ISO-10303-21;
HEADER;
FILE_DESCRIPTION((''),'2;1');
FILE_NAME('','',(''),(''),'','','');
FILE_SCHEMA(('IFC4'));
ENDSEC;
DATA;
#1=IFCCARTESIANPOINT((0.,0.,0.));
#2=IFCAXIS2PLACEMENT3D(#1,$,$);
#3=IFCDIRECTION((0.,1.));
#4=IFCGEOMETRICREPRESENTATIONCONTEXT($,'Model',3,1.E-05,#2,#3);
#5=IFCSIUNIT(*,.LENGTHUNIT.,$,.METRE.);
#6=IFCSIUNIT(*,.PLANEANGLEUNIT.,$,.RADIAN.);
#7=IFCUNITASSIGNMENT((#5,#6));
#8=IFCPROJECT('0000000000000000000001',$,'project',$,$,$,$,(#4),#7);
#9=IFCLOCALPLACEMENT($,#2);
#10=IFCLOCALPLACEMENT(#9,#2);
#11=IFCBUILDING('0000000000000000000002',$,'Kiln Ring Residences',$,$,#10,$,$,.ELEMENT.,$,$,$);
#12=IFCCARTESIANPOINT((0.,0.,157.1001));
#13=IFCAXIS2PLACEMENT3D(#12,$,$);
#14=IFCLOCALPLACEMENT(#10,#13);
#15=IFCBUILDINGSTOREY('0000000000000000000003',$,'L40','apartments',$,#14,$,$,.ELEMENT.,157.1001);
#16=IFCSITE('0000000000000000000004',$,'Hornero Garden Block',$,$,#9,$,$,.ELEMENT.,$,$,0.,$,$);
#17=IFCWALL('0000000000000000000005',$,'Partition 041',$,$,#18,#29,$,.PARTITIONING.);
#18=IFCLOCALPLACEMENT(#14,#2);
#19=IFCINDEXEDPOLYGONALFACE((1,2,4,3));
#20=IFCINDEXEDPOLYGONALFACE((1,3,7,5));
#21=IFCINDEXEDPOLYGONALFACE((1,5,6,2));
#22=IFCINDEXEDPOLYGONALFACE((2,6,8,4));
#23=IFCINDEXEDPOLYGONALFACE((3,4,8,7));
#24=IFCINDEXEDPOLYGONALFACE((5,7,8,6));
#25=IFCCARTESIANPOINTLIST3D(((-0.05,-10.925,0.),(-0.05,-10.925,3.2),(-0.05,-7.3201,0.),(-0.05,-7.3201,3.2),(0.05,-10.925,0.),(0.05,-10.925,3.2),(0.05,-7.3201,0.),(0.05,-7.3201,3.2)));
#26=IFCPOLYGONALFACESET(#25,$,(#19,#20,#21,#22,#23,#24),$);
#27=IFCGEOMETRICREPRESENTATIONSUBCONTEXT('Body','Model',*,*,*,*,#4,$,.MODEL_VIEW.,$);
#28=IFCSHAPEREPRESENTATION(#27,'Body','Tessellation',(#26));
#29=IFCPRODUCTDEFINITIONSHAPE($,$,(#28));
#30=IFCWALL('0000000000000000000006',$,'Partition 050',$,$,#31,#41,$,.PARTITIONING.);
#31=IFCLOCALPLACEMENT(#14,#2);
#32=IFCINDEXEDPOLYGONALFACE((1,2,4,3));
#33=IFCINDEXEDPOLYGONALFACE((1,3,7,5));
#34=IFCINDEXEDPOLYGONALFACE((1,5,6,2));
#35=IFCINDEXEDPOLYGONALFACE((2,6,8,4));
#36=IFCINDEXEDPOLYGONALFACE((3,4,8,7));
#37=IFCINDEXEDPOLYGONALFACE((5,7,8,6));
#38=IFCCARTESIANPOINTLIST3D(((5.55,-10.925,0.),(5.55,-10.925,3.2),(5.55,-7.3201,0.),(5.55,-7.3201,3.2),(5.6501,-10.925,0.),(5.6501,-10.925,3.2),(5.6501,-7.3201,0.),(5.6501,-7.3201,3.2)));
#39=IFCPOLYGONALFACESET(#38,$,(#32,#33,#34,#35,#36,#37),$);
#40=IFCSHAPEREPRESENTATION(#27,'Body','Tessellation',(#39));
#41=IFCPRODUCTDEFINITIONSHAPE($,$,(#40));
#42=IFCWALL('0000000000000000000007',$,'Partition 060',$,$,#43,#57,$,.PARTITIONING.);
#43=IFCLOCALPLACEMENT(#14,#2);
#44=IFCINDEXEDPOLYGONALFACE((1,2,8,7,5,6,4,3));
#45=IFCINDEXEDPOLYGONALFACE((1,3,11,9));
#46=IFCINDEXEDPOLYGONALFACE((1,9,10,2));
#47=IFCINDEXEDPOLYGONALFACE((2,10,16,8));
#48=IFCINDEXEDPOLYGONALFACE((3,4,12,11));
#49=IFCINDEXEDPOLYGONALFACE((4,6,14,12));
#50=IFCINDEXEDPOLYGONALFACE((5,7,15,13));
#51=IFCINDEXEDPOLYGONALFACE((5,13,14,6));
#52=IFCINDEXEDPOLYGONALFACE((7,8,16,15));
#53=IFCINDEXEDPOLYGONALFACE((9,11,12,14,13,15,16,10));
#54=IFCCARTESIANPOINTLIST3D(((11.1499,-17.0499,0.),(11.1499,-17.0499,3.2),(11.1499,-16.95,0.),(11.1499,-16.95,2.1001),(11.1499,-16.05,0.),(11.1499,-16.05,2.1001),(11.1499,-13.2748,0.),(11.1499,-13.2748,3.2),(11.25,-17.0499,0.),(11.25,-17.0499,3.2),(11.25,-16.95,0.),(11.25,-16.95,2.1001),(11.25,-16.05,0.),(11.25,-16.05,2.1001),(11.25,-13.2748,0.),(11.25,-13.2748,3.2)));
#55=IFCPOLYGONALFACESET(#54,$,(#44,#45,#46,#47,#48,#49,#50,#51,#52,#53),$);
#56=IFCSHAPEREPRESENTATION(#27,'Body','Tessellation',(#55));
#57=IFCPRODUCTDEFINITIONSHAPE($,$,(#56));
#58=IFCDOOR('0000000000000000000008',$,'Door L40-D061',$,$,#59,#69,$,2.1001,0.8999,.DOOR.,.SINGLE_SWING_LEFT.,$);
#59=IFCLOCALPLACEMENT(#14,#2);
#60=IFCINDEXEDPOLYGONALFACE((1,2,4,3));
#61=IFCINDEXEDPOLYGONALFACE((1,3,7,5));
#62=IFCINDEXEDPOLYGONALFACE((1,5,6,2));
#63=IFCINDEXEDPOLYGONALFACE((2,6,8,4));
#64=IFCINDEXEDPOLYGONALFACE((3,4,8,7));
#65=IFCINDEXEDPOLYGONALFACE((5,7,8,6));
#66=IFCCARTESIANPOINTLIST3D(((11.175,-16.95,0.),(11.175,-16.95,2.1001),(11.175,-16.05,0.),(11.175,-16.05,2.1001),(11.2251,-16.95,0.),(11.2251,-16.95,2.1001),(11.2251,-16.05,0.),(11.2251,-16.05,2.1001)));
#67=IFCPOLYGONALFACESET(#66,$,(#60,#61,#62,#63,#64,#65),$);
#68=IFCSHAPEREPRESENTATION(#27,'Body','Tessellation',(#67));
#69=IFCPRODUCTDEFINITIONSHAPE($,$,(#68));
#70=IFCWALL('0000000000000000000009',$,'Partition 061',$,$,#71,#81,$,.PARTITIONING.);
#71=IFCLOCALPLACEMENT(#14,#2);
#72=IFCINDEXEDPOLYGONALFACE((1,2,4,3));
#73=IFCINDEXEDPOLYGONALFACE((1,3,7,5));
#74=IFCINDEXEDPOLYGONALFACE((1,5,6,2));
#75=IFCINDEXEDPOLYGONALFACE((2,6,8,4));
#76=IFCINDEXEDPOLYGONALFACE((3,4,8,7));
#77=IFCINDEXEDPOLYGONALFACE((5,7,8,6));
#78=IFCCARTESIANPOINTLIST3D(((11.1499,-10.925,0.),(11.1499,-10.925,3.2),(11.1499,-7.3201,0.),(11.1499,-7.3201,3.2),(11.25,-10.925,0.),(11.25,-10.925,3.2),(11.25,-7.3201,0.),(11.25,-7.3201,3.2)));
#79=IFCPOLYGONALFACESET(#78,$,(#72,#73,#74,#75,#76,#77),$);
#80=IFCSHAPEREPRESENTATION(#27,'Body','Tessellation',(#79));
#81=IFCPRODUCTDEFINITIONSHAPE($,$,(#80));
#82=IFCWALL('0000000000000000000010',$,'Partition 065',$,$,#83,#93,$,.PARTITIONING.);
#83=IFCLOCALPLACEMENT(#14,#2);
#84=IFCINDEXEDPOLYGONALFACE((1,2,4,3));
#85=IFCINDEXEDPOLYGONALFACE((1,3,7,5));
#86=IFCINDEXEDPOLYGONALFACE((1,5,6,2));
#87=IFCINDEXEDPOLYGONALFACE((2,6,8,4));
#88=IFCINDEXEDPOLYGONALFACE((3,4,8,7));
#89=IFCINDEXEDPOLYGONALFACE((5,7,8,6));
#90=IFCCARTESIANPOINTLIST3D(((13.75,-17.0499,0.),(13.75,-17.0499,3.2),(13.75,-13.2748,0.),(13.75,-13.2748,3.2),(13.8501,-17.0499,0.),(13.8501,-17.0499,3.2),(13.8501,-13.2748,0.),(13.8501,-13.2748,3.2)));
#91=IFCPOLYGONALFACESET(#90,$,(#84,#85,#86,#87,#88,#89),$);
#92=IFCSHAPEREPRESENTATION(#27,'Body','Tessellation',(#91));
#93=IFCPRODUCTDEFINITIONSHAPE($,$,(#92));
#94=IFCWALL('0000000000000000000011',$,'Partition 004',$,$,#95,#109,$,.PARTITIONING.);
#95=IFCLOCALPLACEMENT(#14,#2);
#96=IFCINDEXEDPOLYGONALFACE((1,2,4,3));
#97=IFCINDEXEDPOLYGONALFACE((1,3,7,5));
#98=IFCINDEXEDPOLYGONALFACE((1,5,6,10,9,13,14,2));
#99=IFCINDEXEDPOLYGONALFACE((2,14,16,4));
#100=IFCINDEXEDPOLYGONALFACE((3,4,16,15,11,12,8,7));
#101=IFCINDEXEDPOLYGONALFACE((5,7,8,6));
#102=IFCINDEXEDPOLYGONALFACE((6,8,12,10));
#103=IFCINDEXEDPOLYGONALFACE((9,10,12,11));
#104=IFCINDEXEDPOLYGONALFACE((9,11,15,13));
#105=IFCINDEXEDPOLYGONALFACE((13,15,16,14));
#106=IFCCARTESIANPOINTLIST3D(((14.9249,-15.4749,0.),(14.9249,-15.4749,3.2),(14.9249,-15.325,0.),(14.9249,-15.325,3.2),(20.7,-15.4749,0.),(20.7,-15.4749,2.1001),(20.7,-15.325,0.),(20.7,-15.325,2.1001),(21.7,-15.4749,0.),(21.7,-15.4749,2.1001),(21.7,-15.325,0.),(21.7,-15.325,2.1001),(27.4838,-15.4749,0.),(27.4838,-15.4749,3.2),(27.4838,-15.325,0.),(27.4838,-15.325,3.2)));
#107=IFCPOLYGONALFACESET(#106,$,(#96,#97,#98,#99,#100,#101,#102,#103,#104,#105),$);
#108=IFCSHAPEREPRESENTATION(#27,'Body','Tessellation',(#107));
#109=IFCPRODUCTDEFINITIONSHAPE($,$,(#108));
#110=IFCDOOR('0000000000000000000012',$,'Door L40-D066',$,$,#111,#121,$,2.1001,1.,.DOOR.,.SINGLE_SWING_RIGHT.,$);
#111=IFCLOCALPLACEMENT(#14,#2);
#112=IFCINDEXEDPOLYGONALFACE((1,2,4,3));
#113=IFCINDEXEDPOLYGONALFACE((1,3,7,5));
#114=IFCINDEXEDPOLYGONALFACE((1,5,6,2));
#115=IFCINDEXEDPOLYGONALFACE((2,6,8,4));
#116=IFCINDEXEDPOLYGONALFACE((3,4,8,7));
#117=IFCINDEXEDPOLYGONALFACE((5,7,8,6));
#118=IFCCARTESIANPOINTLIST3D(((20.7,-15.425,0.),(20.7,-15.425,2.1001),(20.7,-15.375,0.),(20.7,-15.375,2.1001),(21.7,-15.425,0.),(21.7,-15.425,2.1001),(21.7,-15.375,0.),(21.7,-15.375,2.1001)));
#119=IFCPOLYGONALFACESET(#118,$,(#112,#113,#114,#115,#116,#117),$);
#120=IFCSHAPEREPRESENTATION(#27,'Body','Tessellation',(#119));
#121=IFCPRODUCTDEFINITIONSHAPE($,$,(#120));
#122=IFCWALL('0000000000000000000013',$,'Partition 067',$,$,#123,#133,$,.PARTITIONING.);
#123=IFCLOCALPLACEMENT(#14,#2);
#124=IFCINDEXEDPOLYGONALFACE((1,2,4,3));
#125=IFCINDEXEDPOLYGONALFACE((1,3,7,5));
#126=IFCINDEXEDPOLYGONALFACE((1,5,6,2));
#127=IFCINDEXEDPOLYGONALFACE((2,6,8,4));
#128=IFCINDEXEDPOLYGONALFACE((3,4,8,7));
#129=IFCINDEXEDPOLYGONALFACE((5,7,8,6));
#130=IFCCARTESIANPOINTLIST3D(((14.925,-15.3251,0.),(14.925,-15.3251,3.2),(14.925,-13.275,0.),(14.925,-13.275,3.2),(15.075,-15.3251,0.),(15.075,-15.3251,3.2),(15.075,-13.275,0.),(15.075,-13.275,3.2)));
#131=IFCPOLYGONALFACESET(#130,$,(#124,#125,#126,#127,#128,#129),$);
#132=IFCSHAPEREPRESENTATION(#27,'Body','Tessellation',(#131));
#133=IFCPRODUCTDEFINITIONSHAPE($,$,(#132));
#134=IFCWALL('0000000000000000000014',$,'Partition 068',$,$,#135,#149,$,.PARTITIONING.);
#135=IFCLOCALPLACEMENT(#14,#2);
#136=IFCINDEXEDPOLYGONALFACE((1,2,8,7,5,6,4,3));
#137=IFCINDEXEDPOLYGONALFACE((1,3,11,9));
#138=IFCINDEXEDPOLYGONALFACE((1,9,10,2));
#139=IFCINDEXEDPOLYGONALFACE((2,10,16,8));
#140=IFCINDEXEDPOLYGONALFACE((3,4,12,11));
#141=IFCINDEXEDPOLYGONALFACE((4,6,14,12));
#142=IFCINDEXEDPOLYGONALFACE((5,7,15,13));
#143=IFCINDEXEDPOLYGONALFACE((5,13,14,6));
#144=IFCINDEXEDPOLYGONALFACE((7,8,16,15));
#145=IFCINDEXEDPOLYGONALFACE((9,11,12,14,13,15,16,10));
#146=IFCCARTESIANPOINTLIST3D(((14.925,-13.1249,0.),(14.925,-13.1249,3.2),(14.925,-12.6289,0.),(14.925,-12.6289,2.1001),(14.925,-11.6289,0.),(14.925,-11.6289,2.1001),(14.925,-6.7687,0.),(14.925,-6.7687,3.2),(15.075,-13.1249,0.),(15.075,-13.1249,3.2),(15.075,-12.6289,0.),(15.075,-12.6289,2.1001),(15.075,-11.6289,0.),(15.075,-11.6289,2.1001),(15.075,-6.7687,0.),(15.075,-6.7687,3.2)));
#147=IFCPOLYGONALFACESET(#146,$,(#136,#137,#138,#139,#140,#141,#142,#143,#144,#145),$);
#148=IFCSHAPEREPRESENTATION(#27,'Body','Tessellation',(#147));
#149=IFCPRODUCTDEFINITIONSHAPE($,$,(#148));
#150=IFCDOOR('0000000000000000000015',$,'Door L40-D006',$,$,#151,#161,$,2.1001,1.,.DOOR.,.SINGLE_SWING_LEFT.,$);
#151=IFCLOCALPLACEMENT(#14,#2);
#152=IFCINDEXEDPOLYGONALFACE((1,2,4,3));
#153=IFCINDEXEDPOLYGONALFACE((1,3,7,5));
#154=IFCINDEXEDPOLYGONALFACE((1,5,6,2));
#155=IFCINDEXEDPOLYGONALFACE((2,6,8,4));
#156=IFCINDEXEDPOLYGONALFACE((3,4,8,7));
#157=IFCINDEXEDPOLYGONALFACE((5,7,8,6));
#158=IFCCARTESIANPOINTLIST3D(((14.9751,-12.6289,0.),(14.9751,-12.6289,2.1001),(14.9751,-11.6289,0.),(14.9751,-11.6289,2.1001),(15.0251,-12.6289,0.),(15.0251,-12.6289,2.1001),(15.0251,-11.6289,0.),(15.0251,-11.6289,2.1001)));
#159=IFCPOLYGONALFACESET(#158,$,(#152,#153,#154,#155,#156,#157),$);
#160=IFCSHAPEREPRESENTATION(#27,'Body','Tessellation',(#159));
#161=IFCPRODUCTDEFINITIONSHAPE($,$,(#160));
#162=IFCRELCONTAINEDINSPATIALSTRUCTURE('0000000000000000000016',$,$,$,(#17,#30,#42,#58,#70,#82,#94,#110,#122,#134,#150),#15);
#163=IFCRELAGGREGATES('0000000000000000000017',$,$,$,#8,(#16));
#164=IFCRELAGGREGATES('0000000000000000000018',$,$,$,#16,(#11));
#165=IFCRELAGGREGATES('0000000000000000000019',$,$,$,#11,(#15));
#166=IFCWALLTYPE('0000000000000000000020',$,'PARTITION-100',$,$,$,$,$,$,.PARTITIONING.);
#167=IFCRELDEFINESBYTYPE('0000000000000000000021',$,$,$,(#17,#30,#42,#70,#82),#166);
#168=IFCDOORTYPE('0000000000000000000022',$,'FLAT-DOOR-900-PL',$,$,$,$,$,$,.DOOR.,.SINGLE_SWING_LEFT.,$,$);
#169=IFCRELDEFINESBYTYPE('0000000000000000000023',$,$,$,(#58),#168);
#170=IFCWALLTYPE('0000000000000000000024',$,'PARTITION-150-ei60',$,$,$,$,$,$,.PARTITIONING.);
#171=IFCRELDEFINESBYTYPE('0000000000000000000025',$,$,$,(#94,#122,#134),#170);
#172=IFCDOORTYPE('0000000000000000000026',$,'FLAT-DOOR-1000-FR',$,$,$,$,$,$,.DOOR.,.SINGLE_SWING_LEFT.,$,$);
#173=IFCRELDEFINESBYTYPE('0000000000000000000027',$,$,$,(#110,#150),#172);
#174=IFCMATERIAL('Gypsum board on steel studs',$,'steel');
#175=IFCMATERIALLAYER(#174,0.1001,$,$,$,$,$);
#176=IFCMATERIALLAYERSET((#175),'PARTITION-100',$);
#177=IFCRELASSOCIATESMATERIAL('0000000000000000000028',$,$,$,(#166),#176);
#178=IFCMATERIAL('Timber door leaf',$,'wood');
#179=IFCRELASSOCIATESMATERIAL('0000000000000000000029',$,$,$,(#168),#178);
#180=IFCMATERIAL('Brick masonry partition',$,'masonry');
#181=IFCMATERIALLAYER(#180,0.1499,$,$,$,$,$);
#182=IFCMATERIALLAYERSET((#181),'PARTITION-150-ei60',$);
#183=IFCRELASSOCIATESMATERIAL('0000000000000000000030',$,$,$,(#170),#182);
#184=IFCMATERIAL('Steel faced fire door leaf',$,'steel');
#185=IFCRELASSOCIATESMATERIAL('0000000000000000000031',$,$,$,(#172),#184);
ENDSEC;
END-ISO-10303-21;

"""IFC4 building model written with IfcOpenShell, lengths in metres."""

from ifc_helpers import new_model, si_unit, direction, frame, frame_2d, origin, place, context, subcontext, project, spatial, rectangle, extrude, material, layer, layer_set, type_object, element, fill, save


model = new_model("IFC4")

# Units and contexts
model_context = context("Model", 3, precision=1e-05, world=origin(), true_north=direction((0.0, 1.0)))
body_context = subcontext(model_context, "Body", "Model", "MODEL_VIEW")
ifc_project = project(units=[si_unit("LENGTHUNIT", "METRE"), si_unit("PLANEANGLEUNIT", "RADIAN")], contexts=[model_context])

# Site, building, storey
site_placement = place(None, origin())
site = spatial("IfcSite", under=ifc_project, at=site_placement, Name="Hornero Garden Block", CompositionType="ELEMENT", RefElevation=0.0)
building_placement = place(site_placement, origin())
building = spatial("IfcBuilding", under=site, at=building_placement, Name="Kiln Ring Residences", CompositionType="ELEMENT")
storey_placement = place(building_placement, frame((0.0, 0.0, 157.1001)))
storey = spatial("IfcBuildingStorey", under=building, at=storey_placement, Name="L40", Description="apartments", CompositionType="ELEMENT", Elevation=157.1001)

# Walls
ifc_material_1 = material(Name="Gypsum board on steel studs", Category="steel")
ifc_layer_1 = layer(ifc_material_1, 0.1001)
ifc_layer_set_1 = layer_set([ifc_layer_1], Name="PARTITION-100")
wall_type_1 = type_object("IfcWallType", Name="PARTITION-100", PredefinedType="PARTITIONING", material=ifc_layer_set_1)
for number, where, z_axis, x_axis, name in (
    (1, (0.0, -10.925, 0.0), (0.0, 0.0, 1.0), (0.0, 1.0, 0.0), "Partition 041"),
    (2, (5.6001, -10.925, 0.0), (0.0, 0.0, 1.0), (0.0, 1.0, 0.0), "Partition 050"),
):
    element("IfcWall", number, at=place(storey_placement, frame(where, z_axis=z_axis, x_axis=x_axis)), inside=storey, type_object=wall_type_1, Name=name, PredefinedType="PARTITIONING", context=body_context, shape_type="SweptSolid", body=[
        extrude(rectangle(XDim=3.605, YDim=0.1001, at=frame_2d((1.8025, 0.0))), origin(), (0.0, 0.0, 1.0), 3.2),
    ])

# Wall, opening, door
wall_1_placement = place(storey_placement, frame((11.2, -17.05, 0.0), z_axis=(0.0, 0.0, 1.0), x_axis=(0.0, 1.0, 0.0)))
wall_1 = element("IfcWall", 3, at=wall_1_placement, inside=storey, type_object=wall_type_1, Name="Partition 060", PredefinedType="PARTITIONING", context=body_context, shape_type="SweptSolid", body=[
    extrude(rectangle(XDim=3.7751, YDim=0.1001, at=frame_2d((1.8877, 0.0))), origin(), (0.0, 0.0, 1.0), 3.2),
])
opening_1_placement = place(wall_1_placement, frame((0.1001, 0.0, 0.0)))
opening_1 = element("IfcOpeningElement", 4, at=opening_1_placement, cuts=wall_1, PredefinedType="OPENING", context=body_context, shape_type="SweptSolid", body=[
    extrude(rectangle(XDim=0.8999, YDim=2.1001, at=frame_2d((0.45, 1.05))), frame((0.0, 0.0601, 0.0), z_axis=(0.0, -1.0, 0.0), x_axis=(1.0, 0.0, 0.0)), (0.0, 0.0, 1.0), 0.1201),
])
ifc_material_2 = material(Name="Timber door leaf", Category="wood")
door_type_1 = type_object("IfcDoorType", Name="FLAT-DOOR-900-PL", OperationType="SINGLE_SWING_LEFT", PredefinedType="DOOR", material=ifc_material_2)
door_1_placement = place(opening_1_placement, origin())
door_1 = element("IfcDoor", 5, at=door_1_placement, inside=storey, type_object=door_type_1, Name="Door L40-D061", OperationType="SINGLE_SWING_LEFT", OverallHeight=2.1001, OverallWidth=0.8999, PredefinedType="DOOR", context=body_context, shape_type="SweptSolid", body=[
    extrude(rectangle(XDim=0.8999, YDim=2.1001, at=frame_2d((0.45, 1.05))), frame((0.0, 0.0249, 0.0), z_axis=(0.0, -1.0, 0.0), x_axis=(1.0, 0.0, 0.0)), (0.0, 0.0, 1.0), 0.05),
])
fill(opening_1, door_1)

# Walls
wall_2_placement = place(storey_placement, frame((11.2, -10.925, 0.0), z_axis=(0.0, 0.0, 1.0), x_axis=(0.0, 1.0, 0.0)))
element("IfcWall", 6, at=wall_2_placement, inside=storey, type_object=wall_type_1, Name="Partition 061", PredefinedType="PARTITIONING", context=body_context, shape_type="SweptSolid", body=[
    extrude(rectangle(XDim=3.605, YDim=0.1001, at=frame_2d((1.8025, 0.0))), origin(), (0.0, 0.0, 1.0), 3.2),
])
wall_3_placement = place(storey_placement, frame((13.8, -17.05, 0.0), z_axis=(0.0, 0.0, 1.0), x_axis=(0.0, 1.0, 0.0)))
element("IfcWall", 7, at=wall_3_placement, inside=storey, type_object=wall_type_1, Name="Partition 065", PredefinedType="PARTITIONING", context=body_context, shape_type="SweptSolid", body=[
    extrude(rectangle(XDim=3.7751, YDim=0.1001, at=frame_2d((1.8877, 0.0))), origin(), (0.0, 0.0, 1.0), 3.2),
])

# Wall, opening, door
ifc_material_3 = material(Name="Brick masonry partition", Category="masonry")
ifc_layer_2 = layer(ifc_material_3, 0.1499)
ifc_layer_set_2 = layer_set([ifc_layer_2], Name="PARTITION-150-ei60")
wall_type_2 = type_object("IfcWallType", Name="PARTITION-150-ei60", PredefinedType="PARTITIONING", material=ifc_layer_set_2)
wall_4_placement = place(storey_placement, frame((14.925, -15.3999, 0.0), z_axis=(0.0, 0.0, 1.0), x_axis=(1.0, 0.0, 0.0)))
wall_4 = element("IfcWall", 8, at=wall_4_placement, inside=storey, type_object=wall_type_2, Name="Partition 004", PredefinedType="PARTITIONING", context=body_context, shape_type="SweptSolid", body=[
    extrude(rectangle(XDim=12.5588, YDim=0.1499, at=frame_2d((6.2793, 0.0))), origin(), (0.0, 0.0, 1.0), 3.2),
])
opening_2_placement = place(wall_4_placement, frame((5.7749, 0.0, 0.0)))
opening_2 = element("IfcOpeningElement", 9, at=opening_2_placement, cuts=wall_4, PredefinedType="OPENING", context=body_context, shape_type="SweptSolid", body=[
    extrude(rectangle(XDim=1.0, YDim=2.1001, at=frame_2d((0.5, 1.05))), frame((0.0, 0.085, 0.0), z_axis=(0.0, -1.0, 0.0), x_axis=(1.0, 0.0, 0.0)), (0.0, 0.0, 1.0), 0.1699),
])
ifc_material_4 = material(Name="Steel faced fire door leaf", Category="steel")
door_type_2 = type_object("IfcDoorType", Name="FLAT-DOOR-1000-FR", OperationType="SINGLE_SWING_LEFT", PredefinedType="DOOR", material=ifc_material_4)
door_2_placement = place(opening_2_placement, origin())
door_2 = element("IfcDoor", 10, at=door_2_placement, inside=storey, type_object=door_type_2, Name="Door L40-D066", OperationType="SINGLE_SWING_RIGHT", OverallHeight=2.1001, OverallWidth=1.0, PredefinedType="DOOR", context=body_context, shape_type="SweptSolid", body=[
    extrude(rectangle(XDim=1.0, YDim=2.1001, at=frame_2d((0.5, 1.05))), frame((0.0, 0.0249, 0.0), z_axis=(0.0, -1.0, 0.0), x_axis=(1.0, 0.0, 0.0)), (0.0, 0.0, 1.0), 0.05),
])
fill(opening_2, door_2)

# Wall
wall_5_placement = place(storey_placement, frame((15.0, -15.325, 0.0), z_axis=(0.0, 0.0, 1.0), x_axis=(0.0, 1.0, 0.0)))
element("IfcWall", 11, at=wall_5_placement, inside=storey, type_object=wall_type_2, Name="Partition 067", PredefinedType="PARTITIONING", context=body_context, shape_type="SweptSolid", body=[
    extrude(rectangle(XDim=2.05, YDim=0.1499, at=frame_2d((1.0249, 0.0))), origin(), (0.0, 0.0, 1.0), 3.2),
])

# Wall, opening, door
wall_6_placement = place(storey_placement, frame((15.0, -13.125, 0.0), z_axis=(0.0, 0.0, 1.0), x_axis=(0.0, 1.0, 0.0)))
wall_6 = element("IfcWall", 12, at=wall_6_placement, inside=storey, type_object=wall_type_2, Name="Partition 068", PredefinedType="PARTITIONING", context=body_context, shape_type="SweptSolid", body=[
    extrude(rectangle(XDim=6.3562, YDim=0.1499, at=frame_2d((3.1782, 0.0))), origin(), (0.0, 0.0, 1.0), 3.2),
])
opening_3_placement = place(wall_6_placement, frame((0.4961, 0.0, 0.0)))
opening_3 = element("IfcOpeningElement", 13, at=opening_3_placement, cuts=wall_6, PredefinedType="OPENING", context=body_context, shape_type="SweptSolid", body=[
    extrude(rectangle(XDim=1.0, YDim=2.1001, at=frame_2d((0.5, 1.05))), frame((0.0, 0.085, 0.0), z_axis=(0.0, -1.0, 0.0), x_axis=(1.0, 0.0, 0.0)), (0.0, 0.0, 1.0), 0.1699),
])
door_3_placement = place(opening_3_placement, origin())
door_3 = element("IfcDoor", 14, at=door_3_placement, inside=storey, type_object=door_type_2, Name="Door L40-D006", OperationType="SINGLE_SWING_LEFT", OverallHeight=2.1001, OverallWidth=1.0, PredefinedType="DOOR", context=body_context, shape_type="SweptSolid", body=[
    extrude(rectangle(XDim=1.0, YDim=2.1001, at=frame_2d((0.5, 1.05))), frame((0.0, 0.0249, 0.0), z_axis=(0.0, -1.0, 0.0), x_axis=(1.0, 0.0, 0.0)), (0.0, 0.0, 1.0), 0.05),
])
fill(opening_3, door_3)

save(model, "model.ifc")
